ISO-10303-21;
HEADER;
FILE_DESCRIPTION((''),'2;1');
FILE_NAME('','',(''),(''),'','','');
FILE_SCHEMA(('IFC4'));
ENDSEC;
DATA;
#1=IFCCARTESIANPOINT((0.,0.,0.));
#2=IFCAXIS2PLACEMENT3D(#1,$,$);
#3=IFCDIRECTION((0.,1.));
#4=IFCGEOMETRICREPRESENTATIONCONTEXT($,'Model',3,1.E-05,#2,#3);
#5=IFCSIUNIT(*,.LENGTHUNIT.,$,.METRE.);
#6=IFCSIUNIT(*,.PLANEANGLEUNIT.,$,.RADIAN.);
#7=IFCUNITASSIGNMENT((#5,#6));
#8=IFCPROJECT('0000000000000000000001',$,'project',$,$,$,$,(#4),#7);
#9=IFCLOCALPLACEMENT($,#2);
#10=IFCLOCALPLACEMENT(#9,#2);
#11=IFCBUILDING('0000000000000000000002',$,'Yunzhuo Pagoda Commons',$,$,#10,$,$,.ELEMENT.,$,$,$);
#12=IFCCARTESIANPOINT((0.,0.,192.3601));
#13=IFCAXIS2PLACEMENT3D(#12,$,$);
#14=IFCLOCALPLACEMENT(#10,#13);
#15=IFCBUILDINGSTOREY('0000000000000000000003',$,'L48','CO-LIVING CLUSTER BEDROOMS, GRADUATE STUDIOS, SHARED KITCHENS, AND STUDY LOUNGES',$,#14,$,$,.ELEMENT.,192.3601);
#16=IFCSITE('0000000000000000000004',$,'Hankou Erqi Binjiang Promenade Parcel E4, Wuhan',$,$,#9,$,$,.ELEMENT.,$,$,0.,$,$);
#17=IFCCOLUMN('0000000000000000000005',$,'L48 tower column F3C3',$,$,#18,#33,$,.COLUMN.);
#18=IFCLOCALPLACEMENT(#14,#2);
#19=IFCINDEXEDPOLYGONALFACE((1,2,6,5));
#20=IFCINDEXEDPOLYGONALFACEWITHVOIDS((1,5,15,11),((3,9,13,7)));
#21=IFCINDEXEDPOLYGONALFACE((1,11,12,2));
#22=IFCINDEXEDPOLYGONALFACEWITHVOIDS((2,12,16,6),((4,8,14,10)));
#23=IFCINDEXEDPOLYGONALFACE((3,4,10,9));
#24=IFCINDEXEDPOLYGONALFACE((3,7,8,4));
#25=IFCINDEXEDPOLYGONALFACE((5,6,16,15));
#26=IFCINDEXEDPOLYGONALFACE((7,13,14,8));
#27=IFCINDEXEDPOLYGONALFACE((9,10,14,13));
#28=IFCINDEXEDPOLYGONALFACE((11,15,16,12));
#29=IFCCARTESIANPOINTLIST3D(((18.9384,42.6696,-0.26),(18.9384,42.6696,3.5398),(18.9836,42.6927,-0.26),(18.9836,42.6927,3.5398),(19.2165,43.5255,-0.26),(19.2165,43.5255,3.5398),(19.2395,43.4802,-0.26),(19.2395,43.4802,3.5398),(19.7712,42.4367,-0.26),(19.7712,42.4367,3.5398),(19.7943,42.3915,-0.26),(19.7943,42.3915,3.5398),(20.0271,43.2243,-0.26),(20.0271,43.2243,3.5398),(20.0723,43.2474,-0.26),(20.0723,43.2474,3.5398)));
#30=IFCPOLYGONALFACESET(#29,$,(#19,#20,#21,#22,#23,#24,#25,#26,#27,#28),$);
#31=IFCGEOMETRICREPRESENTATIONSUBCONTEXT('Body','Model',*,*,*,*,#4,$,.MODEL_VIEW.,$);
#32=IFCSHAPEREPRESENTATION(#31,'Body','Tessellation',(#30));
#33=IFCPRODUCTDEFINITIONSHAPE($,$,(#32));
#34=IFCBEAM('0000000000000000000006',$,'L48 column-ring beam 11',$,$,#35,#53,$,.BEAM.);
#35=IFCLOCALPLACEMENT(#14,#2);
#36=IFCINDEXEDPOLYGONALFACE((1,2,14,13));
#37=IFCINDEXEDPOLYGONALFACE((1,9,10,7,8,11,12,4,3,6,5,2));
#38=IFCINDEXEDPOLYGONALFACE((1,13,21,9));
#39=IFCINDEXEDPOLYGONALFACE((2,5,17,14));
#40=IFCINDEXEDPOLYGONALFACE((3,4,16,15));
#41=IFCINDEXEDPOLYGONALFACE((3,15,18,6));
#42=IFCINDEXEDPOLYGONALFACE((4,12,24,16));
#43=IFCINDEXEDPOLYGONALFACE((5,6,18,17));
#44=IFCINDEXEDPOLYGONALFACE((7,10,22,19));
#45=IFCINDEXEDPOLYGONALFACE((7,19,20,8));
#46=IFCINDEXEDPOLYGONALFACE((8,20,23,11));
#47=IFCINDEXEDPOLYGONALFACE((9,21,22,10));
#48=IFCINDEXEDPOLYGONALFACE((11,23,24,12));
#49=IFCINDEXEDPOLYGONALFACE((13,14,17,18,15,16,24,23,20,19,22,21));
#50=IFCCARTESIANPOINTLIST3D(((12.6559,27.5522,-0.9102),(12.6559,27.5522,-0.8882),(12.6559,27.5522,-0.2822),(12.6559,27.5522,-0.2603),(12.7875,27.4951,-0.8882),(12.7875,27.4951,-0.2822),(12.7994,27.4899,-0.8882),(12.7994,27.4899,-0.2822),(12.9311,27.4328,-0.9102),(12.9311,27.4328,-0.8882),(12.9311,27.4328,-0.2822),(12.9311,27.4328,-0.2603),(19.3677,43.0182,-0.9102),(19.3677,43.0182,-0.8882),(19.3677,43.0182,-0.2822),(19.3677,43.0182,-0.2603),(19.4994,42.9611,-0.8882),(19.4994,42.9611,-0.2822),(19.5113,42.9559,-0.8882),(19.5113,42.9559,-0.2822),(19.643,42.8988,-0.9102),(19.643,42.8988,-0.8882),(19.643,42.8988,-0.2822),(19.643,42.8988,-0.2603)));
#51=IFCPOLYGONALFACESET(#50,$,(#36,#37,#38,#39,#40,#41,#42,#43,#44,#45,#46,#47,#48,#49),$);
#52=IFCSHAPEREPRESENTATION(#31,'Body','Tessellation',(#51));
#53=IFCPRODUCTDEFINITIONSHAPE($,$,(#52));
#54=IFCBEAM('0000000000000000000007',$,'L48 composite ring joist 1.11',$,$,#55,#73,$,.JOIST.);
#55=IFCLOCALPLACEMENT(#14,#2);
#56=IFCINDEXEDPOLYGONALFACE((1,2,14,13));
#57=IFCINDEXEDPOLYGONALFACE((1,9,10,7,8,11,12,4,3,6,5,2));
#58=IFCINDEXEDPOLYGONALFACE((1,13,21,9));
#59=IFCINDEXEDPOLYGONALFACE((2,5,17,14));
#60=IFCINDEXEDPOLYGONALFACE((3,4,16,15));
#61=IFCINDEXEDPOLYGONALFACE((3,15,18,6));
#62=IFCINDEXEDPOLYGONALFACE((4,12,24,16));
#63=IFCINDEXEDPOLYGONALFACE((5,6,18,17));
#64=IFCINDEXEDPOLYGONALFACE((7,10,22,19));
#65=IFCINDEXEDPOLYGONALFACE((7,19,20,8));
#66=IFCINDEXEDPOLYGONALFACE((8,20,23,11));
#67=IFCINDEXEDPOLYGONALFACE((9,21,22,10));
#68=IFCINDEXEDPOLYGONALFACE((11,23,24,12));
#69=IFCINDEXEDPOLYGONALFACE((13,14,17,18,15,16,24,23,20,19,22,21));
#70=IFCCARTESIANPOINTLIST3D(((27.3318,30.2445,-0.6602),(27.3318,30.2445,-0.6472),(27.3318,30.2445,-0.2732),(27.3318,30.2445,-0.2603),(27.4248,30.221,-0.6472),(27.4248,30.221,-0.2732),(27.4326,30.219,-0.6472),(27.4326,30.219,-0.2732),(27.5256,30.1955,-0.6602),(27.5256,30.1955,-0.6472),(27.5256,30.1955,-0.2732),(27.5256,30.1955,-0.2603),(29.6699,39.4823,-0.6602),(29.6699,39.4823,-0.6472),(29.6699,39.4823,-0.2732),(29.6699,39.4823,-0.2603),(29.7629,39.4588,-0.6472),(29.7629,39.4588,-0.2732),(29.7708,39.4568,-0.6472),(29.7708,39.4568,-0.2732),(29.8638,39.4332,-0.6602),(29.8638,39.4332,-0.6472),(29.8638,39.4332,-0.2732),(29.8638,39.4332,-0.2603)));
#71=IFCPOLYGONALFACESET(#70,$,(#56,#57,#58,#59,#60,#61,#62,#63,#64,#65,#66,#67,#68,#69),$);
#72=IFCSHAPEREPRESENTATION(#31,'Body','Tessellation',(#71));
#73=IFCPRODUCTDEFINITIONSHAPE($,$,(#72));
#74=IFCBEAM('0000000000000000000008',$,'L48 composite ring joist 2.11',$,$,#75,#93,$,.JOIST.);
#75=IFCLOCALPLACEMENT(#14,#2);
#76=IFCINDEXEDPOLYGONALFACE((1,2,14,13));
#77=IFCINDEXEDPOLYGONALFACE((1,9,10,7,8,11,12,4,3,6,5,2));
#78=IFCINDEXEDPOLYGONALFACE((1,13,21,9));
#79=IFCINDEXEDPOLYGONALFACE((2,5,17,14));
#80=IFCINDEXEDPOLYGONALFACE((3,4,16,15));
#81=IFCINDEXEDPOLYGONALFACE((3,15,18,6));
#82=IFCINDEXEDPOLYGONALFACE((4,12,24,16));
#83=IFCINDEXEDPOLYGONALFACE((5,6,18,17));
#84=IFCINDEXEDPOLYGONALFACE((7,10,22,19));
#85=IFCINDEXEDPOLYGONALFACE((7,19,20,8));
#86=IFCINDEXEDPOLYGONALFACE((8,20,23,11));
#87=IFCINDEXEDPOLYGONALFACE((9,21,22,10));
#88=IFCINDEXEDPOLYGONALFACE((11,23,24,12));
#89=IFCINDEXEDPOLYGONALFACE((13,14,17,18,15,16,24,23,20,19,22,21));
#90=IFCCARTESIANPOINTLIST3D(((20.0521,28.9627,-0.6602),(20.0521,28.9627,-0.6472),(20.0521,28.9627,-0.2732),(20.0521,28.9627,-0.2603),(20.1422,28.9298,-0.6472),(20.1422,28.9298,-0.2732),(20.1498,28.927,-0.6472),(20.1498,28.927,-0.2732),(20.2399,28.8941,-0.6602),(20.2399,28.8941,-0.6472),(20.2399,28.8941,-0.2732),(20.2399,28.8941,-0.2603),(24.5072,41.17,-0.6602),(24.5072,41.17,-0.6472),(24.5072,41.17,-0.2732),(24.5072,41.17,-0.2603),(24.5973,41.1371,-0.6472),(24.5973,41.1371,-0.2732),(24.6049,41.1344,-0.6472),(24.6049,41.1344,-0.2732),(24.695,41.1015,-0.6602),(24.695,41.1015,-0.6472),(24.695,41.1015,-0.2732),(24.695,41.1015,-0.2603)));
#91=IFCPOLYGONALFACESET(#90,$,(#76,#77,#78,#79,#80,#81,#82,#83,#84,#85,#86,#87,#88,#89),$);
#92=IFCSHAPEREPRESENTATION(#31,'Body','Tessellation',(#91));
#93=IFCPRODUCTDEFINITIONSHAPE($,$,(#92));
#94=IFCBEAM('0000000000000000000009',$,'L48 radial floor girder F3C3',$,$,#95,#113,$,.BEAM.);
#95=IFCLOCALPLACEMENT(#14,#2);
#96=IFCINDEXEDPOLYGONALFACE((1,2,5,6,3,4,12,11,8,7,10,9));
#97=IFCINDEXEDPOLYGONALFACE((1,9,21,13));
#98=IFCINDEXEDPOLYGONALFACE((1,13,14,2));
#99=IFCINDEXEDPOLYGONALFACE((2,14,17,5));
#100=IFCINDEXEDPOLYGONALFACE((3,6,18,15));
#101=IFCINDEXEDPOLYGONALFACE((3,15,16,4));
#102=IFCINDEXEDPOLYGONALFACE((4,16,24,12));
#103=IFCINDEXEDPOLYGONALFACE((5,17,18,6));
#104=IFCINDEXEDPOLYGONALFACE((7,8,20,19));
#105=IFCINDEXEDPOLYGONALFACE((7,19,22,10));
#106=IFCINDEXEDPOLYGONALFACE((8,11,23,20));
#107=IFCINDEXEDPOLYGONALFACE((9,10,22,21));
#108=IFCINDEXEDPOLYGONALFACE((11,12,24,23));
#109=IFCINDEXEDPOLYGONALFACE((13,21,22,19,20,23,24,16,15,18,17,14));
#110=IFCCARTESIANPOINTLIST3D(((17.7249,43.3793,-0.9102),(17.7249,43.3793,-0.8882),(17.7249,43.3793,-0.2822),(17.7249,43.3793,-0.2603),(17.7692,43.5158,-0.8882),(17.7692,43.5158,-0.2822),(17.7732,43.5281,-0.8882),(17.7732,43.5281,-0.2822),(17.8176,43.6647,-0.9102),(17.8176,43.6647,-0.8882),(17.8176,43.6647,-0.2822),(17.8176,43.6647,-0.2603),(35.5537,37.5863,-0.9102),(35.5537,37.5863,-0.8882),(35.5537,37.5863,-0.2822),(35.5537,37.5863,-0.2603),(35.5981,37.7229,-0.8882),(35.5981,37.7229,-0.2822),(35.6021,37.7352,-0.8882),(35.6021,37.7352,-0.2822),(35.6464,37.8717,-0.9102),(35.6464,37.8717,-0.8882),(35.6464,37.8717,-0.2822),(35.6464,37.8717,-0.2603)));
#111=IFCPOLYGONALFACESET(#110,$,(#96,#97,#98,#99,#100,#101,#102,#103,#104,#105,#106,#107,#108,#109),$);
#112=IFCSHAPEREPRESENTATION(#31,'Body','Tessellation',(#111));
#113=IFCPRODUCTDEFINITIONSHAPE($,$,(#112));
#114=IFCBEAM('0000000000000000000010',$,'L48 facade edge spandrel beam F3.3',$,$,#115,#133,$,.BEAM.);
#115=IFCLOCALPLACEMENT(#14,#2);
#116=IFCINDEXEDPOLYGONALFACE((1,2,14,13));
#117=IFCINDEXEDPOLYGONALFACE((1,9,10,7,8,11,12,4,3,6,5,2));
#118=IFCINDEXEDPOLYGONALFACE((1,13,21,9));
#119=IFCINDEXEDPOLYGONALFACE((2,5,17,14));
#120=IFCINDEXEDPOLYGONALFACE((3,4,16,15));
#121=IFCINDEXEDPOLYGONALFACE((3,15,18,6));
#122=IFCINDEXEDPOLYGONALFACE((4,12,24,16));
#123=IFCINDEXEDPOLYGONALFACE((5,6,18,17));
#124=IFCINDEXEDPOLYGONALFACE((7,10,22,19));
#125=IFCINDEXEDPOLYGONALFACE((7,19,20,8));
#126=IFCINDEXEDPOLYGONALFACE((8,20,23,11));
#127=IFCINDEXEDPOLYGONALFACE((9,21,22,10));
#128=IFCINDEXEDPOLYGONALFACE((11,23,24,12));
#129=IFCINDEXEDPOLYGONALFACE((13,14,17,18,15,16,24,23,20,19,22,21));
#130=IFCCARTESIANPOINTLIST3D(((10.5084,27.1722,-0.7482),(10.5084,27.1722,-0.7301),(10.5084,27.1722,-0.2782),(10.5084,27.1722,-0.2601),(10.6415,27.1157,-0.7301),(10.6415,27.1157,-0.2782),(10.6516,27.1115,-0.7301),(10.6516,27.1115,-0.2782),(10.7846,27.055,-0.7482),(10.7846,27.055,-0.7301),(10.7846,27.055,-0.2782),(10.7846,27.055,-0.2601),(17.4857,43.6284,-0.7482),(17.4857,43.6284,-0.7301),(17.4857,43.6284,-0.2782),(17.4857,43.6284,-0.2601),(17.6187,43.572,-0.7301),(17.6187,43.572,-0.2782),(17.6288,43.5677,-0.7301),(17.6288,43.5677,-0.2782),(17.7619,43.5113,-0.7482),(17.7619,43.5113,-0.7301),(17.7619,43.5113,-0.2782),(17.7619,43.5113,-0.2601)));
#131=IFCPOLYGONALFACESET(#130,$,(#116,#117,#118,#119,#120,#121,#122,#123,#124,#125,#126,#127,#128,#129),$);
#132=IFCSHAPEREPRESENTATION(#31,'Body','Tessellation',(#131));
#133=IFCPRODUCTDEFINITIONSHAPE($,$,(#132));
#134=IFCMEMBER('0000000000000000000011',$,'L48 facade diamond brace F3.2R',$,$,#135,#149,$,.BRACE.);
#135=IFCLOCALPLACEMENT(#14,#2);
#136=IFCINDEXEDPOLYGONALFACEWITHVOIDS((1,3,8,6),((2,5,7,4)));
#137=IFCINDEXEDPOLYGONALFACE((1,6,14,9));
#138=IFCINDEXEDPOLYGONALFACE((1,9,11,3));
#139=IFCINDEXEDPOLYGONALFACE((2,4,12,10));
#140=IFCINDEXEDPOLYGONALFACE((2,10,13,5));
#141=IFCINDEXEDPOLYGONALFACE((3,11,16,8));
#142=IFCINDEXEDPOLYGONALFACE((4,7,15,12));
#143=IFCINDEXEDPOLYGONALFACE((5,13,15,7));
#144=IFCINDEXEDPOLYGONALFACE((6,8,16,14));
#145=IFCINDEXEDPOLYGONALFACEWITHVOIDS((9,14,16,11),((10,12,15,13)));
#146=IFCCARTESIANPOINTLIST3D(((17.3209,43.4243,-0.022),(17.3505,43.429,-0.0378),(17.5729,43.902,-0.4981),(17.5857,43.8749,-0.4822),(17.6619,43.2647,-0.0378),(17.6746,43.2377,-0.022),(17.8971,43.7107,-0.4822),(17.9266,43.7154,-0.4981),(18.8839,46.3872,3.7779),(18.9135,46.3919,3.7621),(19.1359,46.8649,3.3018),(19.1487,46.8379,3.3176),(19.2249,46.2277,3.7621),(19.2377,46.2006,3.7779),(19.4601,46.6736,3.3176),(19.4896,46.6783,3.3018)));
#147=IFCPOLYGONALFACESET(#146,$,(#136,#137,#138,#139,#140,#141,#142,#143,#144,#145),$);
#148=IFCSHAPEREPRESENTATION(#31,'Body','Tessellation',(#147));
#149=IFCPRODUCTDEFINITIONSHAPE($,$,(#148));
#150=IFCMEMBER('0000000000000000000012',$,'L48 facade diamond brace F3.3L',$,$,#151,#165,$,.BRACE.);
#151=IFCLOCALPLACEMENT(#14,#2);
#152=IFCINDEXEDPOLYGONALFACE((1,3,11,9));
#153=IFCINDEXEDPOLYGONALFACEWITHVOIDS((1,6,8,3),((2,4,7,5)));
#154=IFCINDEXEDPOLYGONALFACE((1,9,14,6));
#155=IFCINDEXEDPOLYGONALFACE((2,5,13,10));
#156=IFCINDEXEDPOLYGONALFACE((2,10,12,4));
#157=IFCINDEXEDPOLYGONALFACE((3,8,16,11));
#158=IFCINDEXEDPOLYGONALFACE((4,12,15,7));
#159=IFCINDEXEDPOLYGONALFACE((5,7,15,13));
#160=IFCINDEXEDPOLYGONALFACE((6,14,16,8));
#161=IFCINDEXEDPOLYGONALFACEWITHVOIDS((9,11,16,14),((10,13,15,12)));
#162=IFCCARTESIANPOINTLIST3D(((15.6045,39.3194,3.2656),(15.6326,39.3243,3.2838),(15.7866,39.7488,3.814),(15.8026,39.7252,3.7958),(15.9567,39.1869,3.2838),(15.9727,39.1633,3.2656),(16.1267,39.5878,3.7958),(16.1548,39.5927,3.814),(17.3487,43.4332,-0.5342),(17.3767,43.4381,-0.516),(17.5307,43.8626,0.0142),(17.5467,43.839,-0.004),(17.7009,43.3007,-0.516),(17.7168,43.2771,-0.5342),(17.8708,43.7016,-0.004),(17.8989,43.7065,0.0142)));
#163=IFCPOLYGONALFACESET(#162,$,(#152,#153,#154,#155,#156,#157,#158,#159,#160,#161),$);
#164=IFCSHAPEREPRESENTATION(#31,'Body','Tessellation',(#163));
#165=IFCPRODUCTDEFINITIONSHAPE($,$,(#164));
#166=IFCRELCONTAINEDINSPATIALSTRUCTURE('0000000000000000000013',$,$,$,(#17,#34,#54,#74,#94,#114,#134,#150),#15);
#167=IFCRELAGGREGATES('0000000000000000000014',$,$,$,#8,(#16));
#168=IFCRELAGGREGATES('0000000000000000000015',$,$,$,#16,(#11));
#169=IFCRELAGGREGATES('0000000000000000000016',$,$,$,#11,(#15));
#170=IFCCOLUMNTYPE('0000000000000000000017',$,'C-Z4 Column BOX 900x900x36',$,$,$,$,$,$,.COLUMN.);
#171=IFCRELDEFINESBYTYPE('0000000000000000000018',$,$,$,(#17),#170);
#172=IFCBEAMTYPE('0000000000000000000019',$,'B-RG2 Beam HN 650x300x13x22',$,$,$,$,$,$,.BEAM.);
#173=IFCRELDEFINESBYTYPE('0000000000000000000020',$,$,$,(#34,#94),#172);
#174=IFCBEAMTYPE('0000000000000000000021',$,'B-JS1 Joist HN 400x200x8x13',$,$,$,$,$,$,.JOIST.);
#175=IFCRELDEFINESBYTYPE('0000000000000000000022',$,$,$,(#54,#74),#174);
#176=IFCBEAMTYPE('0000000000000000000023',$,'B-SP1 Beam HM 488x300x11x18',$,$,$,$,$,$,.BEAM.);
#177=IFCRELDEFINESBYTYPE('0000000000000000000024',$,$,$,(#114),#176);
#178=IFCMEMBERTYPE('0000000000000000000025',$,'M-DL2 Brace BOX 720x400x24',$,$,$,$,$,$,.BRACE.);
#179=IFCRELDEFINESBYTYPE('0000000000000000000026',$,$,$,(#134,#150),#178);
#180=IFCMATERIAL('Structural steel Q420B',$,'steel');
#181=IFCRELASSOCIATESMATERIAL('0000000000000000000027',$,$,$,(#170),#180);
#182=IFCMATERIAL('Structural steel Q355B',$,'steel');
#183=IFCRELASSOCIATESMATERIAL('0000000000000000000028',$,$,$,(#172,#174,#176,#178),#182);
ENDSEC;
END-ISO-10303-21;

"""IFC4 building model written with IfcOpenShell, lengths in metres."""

from ifc_helpers import new_model, si_unit, direction, frame, origin, origin_2d, place, context, subcontext, project, spatial, hollow_rectangle, i_section, extrude, source, transform, mapped, material, material_profile, profile_set, type_object, element, save


model = new_model("IFC4")

# Units and contexts
model_context = context("Model", 3, precision=1e-05, world=origin(), true_north=direction((0.0, 1.0)))
body_context = subcontext(model_context, "Body", "Model", "MODEL_VIEW")
ifc_project = project(units=[si_unit("LENGTHUNIT", "METRE"), si_unit("PLANEANGLEUNIT", "RADIAN")], contexts=[model_context])

# Site, building, storey
site_placement = place(None, origin())
site = spatial("IfcSite", under=ifc_project, at=site_placement, Name="Hankou Erqi Binjiang Promenade Parcel E4, Wuhan", CompositionType="ELEMENT", RefElevation=0.0)
building_placement = place(site_placement, origin())
building = spatial("IfcBuilding", under=site, at=building_placement, Name="Yunzhuo Pagoda Commons", CompositionType="ELEMENT")
storey_placement = place(building_placement, frame((0.0, 0.0, 192.3601)))
storey = spatial("IfcBuildingStorey", under=building, at=storey_placement, Name="L48", Description="CO-LIVING CLUSTER BEDROOMS, GRADUATE STUDIOS, SHARED KITCHENS, AND STUDY LOUNGES", CompositionType="ELEMENT", Elevation=192.3601)

# Column
ifc_material_1 = material(Name="Structural steel Q420B", Category="steel")
ifc_material_profile_1 = material_profile(ifc_material_1, hollow_rectangle(XDim=0.8999, YDim=0.8999, WallThickness=0.0359, at=origin_2d()), Name="Structural steel Q420B")
ifc_profile_set_1 = profile_set([ifc_material_profile_1], Name="Structural steel Q420B")
column_type = type_object("IfcColumnType", Name="C-Z4 Column BOX 900x900x36", PredefinedType="COLUMN", material=ifc_profile_set_1)
shared_shape_1 = source(origin(), body_context, "Body", "SweptSolid", [
    extrude(hollow_rectangle(XDim=0.8999, YDim=0.8999, WallThickness=0.0359, at=origin_2d()), origin(), (0.0, 0.0, 1.0), 3.7998),
])
column_placement = place(storey_placement, frame((19.5054, 42.9585, -0.26), z_axis=(0.0, 0.0, 1.0), x_axis=(-0.309017, -0.951057, 0.0)))
element("IfcColumn", 1, at=column_placement, inside=storey, type_object=column_type, Name="L48 tower column F3C3", PredefinedType="COLUMN", context=body_context, shape_type="MappedRepresentation", body=[
    mapped(shared_shape_1, transform((0.0, 0.0, 0.0), scale=1.0)),
])

# Beams
ifc_material_2 = material(Name="Structural steel Q355B", Category="steel")
ifc_material_profile_2 = material_profile(ifc_material_2, i_section(OverallWidth=0.3, OverallDepth=0.6499, WebThickness=0.0129, FlangeThickness=0.022, at=origin_2d()), Name="Structural steel Q355B")
ifc_profile_set_2 = profile_set([ifc_material_profile_2], Name="Structural steel Q355B")
beam_type_1 = type_object("IfcBeamType", Name="B-RG2 Beam HN 650x300x13x22", PredefinedType="BEAM", material=ifc_profile_set_2)
shared_shape_2 = source(origin(), body_context, "Body", "SweptSolid", [
    extrude(i_section(OverallWidth=0.3, OverallDepth=0.6499, WebThickness=0.0129, FlangeThickness=0.022, at=origin_2d()), origin(), (0.0, 0.0, 1.0), 16.8596),
])
beam_1_placement = place(storey_placement, frame((19.5054, 42.9585, -0.5852), z_axis=(-0.398104, -0.91734, 0.0), x_axis=(0.91734, -0.398104, 0.0)))
element("IfcBeam", 2, at=beam_1_placement, inside=storey, type_object=beam_type_1, Name="L48 column-ring beam 11", PredefinedType="BEAM", context=body_context, shape_type="MappedRepresentation", body=[
    mapped(shared_shape_2, transform((0.0, 0.0, 0.0), scale=1.0)),
])
ifc_material_profile_3 = material_profile(ifc_material_2, i_section(OverallWidth=0.2, OverallDepth=0.3999, WebThickness=0.0081, FlangeThickness=0.0129, at=origin_2d()), Name="Structural steel Q355B")
ifc_profile_set_3 = profile_set([ifc_material_profile_3], Name="Structural steel Q355B")
beam_type_2 = type_object("IfcBeamType", Name="B-JS1 Joist HN 400x200x8x13", PredefinedType="JOIST", material=ifc_profile_set_3)
shared_shape_3 = source(origin(), body_context, "Body", "SweptSolid", [
    extrude(i_section(OverallWidth=0.2, OverallDepth=0.3999, WebThickness=0.0081, FlangeThickness=0.0129, at=origin_2d()), origin(), (0.0, 0.0, 1.0), 9.5291),
])
beam_2_placement = place(storey_placement, frame((29.7668, 39.4578, -0.4602), z_axis=(-0.245368, -0.96943, 0.0), x_axis=(0.96943, -0.245368, 0.0)))
element("IfcBeam", 3, at=beam_2_placement, inside=storey, type_object=beam_type_2, Name="L48 composite ring joist 1.11", PredefinedType="JOIST", context=body_context, shape_type="MappedRepresentation", body=[
    mapped(shared_shape_3, transform((0.0, 0.0, 0.0), scale=1.0)),
])
shared_shape_4 = source(origin(), body_context, "Body", "SweptSolid", [
    extrude(i_section(OverallWidth=0.2, OverallDepth=0.3999, WebThickness=0.0081, FlangeThickness=0.0129, at=origin_2d()), origin(), (0.0, 0.0, 1.0), 12.9949),
])
beam_3_placement = place(storey_placement, frame((24.6011, 41.1357, -0.4602), z_axis=(-0.342835, -0.939396, 0.0), x_axis=(0.939396, -0.342835, 0.0)))
element("IfcBeam", 4, at=beam_3_placement, inside=storey, type_object=beam_type_2, Name="L48 composite ring joist 2.11", PredefinedType="JOIST", context=body_context, shape_type="MappedRepresentation", body=[
    mapped(shared_shape_4, transform((0.0, 0.0, 0.0), scale=1.0)),
])
shared_shape_5 = source(origin(), body_context, "Body", "SweptSolid", [
    extrude(i_section(OverallWidth=0.3, OverallDepth=0.6499, WebThickness=0.0129, FlangeThickness=0.022, at=origin_2d()), origin(), (0.0, 0.0, 1.0), 18.7463),
])
beam_4_placement = place(storey_placement, frame((17.7712, 43.522, -0.5852), z_axis=(0.951056, -0.309018, 0.0), x_axis=(0.309018, 0.951056, 0.0)))
element("IfcBeam", 5, at=beam_4_placement, inside=storey, type_object=beam_type_1, Name="L48 radial floor girder F3C3", PredefinedType="BEAM", context=body_context, shape_type="MappedRepresentation", body=[
    mapped(shared_shape_5, transform((0.0, 0.0, 0.0), scale=1.0)),
])
ifc_material_profile_4 = material_profile(ifc_material_2, i_section(OverallWidth=0.3, OverallDepth=0.488, WebThickness=0.011, FlangeThickness=0.0181, at=origin_2d()), Name="Structural steel Q355B")
ifc_profile_set_4 = profile_set([ifc_material_profile_4], Name="Structural steel Q355B")
beam_type_3 = type_object("IfcBeamType", Name="B-SP1 Beam HM 488x300x11x18", PredefinedType="BEAM", material=ifc_profile_set_4)
shared_shape_6 = source(origin(), body_context, "Body", "SweptSolid", [
    extrude(i_section(OverallWidth=0.3, OverallDepth=0.488, WebThickness=0.011, FlangeThickness=0.0181, at=origin_2d()), origin(), (0.0, 0.0, 1.0), 17.8743),
])
beam_5_placement = place(storey_placement, frame((17.6238, 43.5698, -0.5042), z_axis=(-0.390352, -0.920666, 0.0), x_axis=(0.920666, -0.390352, 0.0)))
element("IfcBeam", 6, at=beam_5_placement, inside=storey, type_object=beam_type_3, Name="L48 facade edge spandrel beam F3.3", PredefinedType="BEAM", context=body_context, shape_type="MappedRepresentation", body=[
    mapped(shared_shape_6, transform((0.0, 0.0, 0.0), scale=1.0)),
])

# Members
ifc_material_profile_5 = material_profile(ifc_material_2, hollow_rectangle(XDim=0.3999, YDim=0.72, WallThickness=0.0239, at=origin_2d()), Name="Structural steel Q355B")
ifc_profile_set_5 = profile_set([ifc_material_profile_5], Name="Structural steel Q355B")
member_type_1 = type_object("IfcMemberType", Name="M-DL2 Brace BOX 720x400x24", PredefinedType="BRACE", material=ifc_profile_set_5)
shared_shape_7 = source(origin(), body_context, "Body", "SweptSolid", [
    extrude(hollow_rectangle(XDim=0.3999, YDim=0.72, WallThickness=0.0239, at=origin_2d()), origin(), (0.0, 0.0, 1.0), 5.0657),
])
member_1_placement = place(storey_placement, frame((17.6238, 43.5698, -0.26), z_axis=(0.30855, 0.584906, 0.750121), x_axis=(-0.884478, 0.466581, 0.0)))
element("IfcMember", 7, at=member_1_placement, inside=storey, type_object=member_type_1, Name="L48 facade diamond brace F3.2R", PredefinedType="BRACE", context=body_context, shape_type="MappedRepresentation", body=[
    mapped(shared_shape_7, transform((0.0, 0.0, 0.0), scale=1.0)),
])
shared_shape_8 = source(origin(), body_context, "Body", "SweptSolid", [
    extrude(hollow_rectangle(XDim=0.3999, YDim=0.72, WallThickness=0.0239, at=origin_2d()), origin(), (0.0, 0.0, 1.0), 5.8655),
])
member_2_placement = place(storey_placement, frame((17.6238, 43.5698, -0.26), z_axis=(-0.297358, -0.701355, 0.647827), x_axis=(0.92067, -0.390342, 0.0)))
element("IfcMember", 8, at=member_2_placement, inside=storey, type_object=member_type_1, Name="L48 facade diamond brace F3.3L", PredefinedType="BRACE", context=body_context, shape_type="MappedRepresentation", body=[
    mapped(shared_shape_8, transform((0.0, 0.0, 0.0), scale=1.0)),
])

save(model, "model.ifc")
